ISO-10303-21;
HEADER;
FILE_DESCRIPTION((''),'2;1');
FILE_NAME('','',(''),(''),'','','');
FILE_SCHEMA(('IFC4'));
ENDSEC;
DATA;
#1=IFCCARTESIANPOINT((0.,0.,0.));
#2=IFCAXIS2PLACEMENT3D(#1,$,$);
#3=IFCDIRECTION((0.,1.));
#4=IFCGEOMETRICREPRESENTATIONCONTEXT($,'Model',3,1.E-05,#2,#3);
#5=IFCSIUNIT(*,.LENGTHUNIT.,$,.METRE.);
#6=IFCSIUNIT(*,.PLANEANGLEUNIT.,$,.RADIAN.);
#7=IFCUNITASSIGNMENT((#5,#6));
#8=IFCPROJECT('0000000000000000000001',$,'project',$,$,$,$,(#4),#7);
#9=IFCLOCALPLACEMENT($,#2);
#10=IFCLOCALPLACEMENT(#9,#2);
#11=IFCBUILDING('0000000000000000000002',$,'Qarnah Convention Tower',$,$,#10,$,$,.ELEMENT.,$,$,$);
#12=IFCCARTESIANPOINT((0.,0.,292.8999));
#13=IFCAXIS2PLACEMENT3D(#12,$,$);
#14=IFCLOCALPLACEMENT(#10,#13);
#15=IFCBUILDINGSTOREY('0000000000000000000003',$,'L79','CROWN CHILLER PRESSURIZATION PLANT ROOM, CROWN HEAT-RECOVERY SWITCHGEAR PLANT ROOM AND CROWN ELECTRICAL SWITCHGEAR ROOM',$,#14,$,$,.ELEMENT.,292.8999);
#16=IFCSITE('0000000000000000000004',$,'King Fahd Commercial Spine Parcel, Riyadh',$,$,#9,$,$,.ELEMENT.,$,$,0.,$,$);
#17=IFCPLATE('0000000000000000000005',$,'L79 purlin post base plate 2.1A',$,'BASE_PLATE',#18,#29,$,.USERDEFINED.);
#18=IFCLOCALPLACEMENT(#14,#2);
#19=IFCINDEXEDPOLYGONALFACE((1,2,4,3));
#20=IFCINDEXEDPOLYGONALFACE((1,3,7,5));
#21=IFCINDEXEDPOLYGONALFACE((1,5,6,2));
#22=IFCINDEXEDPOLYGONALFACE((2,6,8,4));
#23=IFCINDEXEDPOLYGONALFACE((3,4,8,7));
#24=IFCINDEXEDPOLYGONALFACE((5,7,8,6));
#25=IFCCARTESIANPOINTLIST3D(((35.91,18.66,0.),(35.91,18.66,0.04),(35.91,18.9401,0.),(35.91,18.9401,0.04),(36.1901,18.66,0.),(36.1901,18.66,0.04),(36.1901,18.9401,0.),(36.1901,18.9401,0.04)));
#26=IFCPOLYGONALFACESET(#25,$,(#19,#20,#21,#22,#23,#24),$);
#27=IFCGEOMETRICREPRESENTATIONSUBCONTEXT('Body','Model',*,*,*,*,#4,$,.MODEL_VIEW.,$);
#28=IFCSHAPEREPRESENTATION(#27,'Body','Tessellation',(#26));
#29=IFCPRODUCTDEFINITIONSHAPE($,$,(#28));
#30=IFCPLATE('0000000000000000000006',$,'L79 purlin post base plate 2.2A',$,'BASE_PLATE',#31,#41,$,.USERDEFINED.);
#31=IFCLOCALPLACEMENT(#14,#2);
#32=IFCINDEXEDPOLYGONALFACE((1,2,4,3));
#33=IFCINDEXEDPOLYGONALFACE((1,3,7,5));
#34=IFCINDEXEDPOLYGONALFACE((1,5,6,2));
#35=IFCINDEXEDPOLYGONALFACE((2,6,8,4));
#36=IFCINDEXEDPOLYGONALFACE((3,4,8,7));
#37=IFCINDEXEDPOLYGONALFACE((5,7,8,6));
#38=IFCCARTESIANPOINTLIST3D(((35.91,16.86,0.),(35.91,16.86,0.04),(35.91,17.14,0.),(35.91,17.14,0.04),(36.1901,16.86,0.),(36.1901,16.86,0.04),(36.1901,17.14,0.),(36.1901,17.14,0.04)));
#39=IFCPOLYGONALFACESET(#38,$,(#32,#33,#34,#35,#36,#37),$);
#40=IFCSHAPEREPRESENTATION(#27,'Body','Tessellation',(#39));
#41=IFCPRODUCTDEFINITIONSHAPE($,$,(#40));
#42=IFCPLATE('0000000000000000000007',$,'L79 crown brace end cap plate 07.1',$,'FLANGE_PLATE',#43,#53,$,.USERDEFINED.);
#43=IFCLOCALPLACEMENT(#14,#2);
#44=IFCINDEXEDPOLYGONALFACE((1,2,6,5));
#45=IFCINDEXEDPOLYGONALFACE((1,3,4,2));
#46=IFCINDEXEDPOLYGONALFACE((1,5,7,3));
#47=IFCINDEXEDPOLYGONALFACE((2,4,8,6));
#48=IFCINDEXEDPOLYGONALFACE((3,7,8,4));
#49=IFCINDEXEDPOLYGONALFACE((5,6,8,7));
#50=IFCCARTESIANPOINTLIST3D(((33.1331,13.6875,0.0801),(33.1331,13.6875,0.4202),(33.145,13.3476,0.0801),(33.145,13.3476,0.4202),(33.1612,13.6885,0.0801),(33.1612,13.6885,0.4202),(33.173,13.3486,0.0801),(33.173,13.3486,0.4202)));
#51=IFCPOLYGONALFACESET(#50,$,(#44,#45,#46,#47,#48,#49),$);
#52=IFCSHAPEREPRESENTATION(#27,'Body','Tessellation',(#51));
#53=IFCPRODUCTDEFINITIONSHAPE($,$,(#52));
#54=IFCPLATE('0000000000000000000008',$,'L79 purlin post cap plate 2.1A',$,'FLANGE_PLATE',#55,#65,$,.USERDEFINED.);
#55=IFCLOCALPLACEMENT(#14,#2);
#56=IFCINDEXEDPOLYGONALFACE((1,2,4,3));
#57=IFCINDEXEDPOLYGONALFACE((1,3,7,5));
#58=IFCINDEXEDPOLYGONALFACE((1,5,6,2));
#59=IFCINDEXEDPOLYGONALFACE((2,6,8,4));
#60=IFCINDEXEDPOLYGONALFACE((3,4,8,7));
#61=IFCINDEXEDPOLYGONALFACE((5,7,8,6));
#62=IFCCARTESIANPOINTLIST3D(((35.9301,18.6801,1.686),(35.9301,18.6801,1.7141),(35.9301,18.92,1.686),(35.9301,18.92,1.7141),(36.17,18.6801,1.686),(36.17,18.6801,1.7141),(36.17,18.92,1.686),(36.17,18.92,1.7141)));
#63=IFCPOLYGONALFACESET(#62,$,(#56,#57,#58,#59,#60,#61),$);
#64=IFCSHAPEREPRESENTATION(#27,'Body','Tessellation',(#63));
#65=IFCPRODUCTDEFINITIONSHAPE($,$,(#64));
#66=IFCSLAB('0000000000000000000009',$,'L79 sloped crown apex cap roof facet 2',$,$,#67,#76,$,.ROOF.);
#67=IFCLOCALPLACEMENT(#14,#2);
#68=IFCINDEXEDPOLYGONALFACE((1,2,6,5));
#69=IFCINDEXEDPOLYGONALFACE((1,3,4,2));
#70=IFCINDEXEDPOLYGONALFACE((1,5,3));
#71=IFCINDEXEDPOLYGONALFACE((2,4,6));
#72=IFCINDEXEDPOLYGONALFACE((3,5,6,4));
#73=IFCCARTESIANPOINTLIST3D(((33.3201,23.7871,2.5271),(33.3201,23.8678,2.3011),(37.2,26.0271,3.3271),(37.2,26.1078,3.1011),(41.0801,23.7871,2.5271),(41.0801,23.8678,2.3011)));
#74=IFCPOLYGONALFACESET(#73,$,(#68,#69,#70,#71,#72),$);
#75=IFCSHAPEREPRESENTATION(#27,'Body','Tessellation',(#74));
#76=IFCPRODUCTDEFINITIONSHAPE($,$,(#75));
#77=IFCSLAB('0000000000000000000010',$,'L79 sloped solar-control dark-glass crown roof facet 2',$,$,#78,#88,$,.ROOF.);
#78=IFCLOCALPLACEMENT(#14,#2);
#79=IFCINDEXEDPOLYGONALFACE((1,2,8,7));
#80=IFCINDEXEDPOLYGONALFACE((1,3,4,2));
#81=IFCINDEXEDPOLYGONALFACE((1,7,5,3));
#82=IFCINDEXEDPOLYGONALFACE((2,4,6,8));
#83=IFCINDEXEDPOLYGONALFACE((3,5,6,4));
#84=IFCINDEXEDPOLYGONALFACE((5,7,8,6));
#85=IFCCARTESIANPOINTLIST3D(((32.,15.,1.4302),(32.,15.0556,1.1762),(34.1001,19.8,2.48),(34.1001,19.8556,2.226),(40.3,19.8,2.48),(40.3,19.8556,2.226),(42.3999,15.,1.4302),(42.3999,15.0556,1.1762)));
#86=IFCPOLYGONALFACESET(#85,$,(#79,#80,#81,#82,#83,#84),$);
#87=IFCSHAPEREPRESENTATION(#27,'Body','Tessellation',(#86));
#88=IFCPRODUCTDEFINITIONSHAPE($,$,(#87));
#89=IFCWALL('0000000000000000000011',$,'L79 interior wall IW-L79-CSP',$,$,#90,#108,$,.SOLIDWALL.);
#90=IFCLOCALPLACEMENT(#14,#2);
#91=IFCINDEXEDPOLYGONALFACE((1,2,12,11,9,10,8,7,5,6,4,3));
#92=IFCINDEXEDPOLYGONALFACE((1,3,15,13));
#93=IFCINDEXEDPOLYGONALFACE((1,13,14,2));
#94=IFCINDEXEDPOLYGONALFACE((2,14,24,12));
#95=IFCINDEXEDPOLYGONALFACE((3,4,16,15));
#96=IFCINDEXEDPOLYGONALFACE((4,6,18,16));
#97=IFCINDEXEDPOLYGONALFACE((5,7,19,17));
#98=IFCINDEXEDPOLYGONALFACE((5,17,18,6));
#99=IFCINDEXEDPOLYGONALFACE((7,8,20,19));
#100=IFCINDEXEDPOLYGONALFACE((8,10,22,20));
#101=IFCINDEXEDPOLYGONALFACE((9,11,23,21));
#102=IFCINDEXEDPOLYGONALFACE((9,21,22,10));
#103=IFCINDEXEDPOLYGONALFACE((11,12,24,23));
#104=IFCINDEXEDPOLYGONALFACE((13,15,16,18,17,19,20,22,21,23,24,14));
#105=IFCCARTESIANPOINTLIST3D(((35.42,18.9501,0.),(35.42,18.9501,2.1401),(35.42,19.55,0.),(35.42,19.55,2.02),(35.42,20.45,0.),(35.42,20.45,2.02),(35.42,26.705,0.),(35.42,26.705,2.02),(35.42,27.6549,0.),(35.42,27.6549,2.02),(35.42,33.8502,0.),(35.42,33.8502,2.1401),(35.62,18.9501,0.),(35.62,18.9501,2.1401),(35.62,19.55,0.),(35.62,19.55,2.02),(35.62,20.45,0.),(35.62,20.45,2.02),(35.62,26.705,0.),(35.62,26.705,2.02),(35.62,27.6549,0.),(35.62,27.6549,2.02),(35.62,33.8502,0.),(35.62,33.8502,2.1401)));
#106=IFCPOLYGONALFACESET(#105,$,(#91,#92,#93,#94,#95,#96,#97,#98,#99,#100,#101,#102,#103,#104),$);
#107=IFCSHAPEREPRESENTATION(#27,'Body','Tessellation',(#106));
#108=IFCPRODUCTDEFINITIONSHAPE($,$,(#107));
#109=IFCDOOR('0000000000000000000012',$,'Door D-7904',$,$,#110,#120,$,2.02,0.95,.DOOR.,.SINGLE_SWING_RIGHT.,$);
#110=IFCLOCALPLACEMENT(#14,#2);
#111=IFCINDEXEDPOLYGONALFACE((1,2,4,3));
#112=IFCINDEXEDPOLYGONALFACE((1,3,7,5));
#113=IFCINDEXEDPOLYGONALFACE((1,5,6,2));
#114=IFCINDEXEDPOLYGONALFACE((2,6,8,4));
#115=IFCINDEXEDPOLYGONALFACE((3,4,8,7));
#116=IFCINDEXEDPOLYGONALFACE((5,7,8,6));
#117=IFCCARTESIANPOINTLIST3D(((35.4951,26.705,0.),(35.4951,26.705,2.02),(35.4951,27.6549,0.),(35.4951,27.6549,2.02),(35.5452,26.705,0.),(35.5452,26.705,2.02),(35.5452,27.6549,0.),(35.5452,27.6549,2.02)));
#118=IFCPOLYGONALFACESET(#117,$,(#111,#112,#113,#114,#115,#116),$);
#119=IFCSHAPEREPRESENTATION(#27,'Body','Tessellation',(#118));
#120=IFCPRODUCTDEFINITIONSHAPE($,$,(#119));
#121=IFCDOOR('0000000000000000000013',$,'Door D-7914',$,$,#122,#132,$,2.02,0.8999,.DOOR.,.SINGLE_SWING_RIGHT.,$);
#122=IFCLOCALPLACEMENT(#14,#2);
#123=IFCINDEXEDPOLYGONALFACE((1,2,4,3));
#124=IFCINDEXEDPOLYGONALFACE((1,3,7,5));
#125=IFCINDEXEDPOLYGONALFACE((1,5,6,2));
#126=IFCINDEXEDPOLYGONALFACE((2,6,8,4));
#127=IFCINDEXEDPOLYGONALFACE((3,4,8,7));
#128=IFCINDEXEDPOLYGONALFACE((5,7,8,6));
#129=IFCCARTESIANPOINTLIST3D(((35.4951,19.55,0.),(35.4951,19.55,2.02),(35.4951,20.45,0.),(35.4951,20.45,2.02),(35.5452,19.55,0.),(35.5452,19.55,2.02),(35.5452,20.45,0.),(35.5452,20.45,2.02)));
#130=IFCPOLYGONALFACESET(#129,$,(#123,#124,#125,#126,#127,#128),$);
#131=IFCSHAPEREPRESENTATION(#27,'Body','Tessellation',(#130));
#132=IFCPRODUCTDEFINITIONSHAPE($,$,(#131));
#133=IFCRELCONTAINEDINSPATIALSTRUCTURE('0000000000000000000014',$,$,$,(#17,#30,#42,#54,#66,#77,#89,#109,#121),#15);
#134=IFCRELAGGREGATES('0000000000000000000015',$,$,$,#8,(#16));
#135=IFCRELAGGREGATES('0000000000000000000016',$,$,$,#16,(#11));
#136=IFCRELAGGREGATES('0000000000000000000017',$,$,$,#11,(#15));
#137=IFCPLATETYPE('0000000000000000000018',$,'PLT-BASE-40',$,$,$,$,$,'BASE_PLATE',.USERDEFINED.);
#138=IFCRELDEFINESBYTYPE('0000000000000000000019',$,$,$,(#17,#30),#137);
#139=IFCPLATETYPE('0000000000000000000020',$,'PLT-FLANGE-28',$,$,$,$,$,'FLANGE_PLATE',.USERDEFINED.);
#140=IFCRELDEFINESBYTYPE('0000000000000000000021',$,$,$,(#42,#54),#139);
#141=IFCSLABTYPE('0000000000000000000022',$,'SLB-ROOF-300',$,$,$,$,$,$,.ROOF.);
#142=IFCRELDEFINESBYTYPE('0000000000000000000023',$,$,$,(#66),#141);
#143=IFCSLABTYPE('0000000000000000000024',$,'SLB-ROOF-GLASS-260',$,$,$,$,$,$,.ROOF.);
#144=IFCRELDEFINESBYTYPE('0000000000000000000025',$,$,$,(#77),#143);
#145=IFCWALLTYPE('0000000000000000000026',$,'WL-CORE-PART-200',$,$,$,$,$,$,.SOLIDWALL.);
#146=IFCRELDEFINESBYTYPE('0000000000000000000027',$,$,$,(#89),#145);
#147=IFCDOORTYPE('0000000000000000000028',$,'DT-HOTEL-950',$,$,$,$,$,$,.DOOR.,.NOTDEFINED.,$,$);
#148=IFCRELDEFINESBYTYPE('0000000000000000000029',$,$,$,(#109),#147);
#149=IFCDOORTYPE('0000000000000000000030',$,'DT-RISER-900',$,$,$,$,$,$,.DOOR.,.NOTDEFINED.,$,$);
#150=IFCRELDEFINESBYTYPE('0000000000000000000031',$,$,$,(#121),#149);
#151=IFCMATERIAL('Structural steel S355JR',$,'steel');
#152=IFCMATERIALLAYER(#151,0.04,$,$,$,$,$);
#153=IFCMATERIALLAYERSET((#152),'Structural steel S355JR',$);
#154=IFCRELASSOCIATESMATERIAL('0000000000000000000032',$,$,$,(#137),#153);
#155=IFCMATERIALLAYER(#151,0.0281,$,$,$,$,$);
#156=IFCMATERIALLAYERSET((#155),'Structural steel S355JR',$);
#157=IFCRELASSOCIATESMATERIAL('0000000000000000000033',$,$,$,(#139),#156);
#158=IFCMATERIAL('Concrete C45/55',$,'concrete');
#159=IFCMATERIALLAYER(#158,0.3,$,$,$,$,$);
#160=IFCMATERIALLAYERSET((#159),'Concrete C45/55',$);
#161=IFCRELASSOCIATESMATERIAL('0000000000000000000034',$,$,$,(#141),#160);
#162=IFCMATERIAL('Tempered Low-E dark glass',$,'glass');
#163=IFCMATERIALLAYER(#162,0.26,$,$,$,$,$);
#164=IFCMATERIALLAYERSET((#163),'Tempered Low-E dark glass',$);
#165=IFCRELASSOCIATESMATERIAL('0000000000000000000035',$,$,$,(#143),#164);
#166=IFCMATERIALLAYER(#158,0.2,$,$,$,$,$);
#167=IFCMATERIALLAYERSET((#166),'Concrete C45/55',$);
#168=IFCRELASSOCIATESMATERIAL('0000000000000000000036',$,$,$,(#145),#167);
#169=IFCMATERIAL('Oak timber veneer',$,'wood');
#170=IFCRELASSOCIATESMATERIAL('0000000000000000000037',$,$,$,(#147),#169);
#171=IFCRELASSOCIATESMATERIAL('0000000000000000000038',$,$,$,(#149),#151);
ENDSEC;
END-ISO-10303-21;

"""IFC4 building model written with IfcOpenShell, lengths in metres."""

from ifc_helpers import new_model, si_unit, direction, frame, frame_2d, origin, origin_2d, place, context, subcontext, project, spatial, polyline, rectangle, outline, extrude, material, layer, layer_set, type_object, element, fill, save


model = new_model("IFC4")

# Units and contexts
model_context = context("Model", 3, precision=1e-05, world=origin(), true_north=direction((0.0, 1.0)))
body_context = subcontext(model_context, "Body", "Model", "MODEL_VIEW")
ifc_project = project(units=[si_unit("LENGTHUNIT", "METRE"), si_unit("PLANEANGLEUNIT", "RADIAN")], contexts=[model_context])

# Site, building, storey
site_placement = place(None, origin())
site = spatial("IfcSite", under=ifc_project, at=site_placement, Name="King Fahd Commercial Spine Parcel, Riyadh", CompositionType="ELEMENT", RefElevation=0.0)
building_placement = place(site_placement, origin())
building = spatial("IfcBuilding", under=site, at=building_placement, Name="Qarnah Convention Tower", CompositionType="ELEMENT")
storey_placement = place(building_placement, frame((0.0, 0.0, 292.8999)))
storey = spatial("IfcBuildingStorey", under=building, at=storey_placement, Name="L79", Description="CROWN CHILLER PRESSURIZATION PLANT ROOM, CROWN HEAT-RECOVERY SWITCHGEAR PLANT ROOM AND CROWN ELECTRICAL SWITCHGEAR ROOM", CompositionType="ELEMENT", Elevation=292.8999)

# Shared definitions
ifc_material_1 = material(Name="Structural steel S355JR", Category="steel")

# Plates
ifc_layer_1 = layer(ifc_material_1, 0.04)
ifc_layer_set_1 = layer_set([ifc_layer_1], Name="Structural steel S355JR")
plate_type_1 = type_object("IfcPlateType", Name="PLT-BASE-40", ElementType="BASE_PLATE", PredefinedType="USERDEFINED", material=ifc_layer_set_1)
for number, where, z_axis, x_axis, name in (
    (1, (36.05, 18.8, 0.0), (0.0, 0.0, 1.0), (1.0, 0.0, 0.0), "L79 purlin post base plate 2.1A"),
    (2, (36.05, 17.0, 0.0), (0.0, 0.0, 1.0), (1.0, 0.0, 0.0), "L79 purlin post base plate 2.2A"),
):
    element("IfcPlate", number, at=place(storey_placement, frame(where, z_axis=z_axis, x_axis=x_axis)), inside=storey, type_object=plate_type_1, Name=name, ObjectType="BASE_PLATE", PredefinedType="USERDEFINED", context=body_context, shape_type="SweptSolid", body=[
        extrude(rectangle(XDim=0.28, YDim=0.28, at=origin_2d()), origin(), (0.0, 0.0, 1.0), 0.04),
    ])
ifc_layer_2 = layer(ifc_material_1, 0.0281)
ifc_layer_set_2 = layer_set([ifc_layer_2], Name="Structural steel S355JR")
plate_type_2 = type_object("IfcPlateType", Name="PLT-FLANGE-28", ElementType="FLANGE_PLATE", PredefinedType="USERDEFINED", material=ifc_layer_set_2)
plate_1_placement = place(storey_placement, frame((33.1531, 13.5181, 0.0801), z_axis=(0.0, 0.0, 1.0), x_axis=(0.99939, 0.034934, 0.0)))
element("IfcPlate", 3, at=plate_1_placement, inside=storey, type_object=plate_type_2, Name="L79 crown brace end cap plate 07.1", ObjectType="FLANGE_PLATE", PredefinedType="USERDEFINED", context=body_context, shape_type="SweptSolid", body=[
    extrude(rectangle(XDim=0.0281, YDim=0.3401, at=origin_2d()), origin(), (0.0, 0.0, 1.0), 0.3401),
])
plate_2_placement = place(storey_placement, frame((36.05, 18.8, 1.686), z_axis=(0.0, 0.0, 1.0), x_axis=(1.0, 0.0, 0.0)))
element("IfcPlate", 4, at=plate_2_placement, inside=storey, type_object=plate_type_2, Name="L79 purlin post cap plate 2.1A", ObjectType="FLANGE_PLATE", PredefinedType="USERDEFINED", context=body_context, shape_type="SweptSolid", body=[
    extrude(rectangle(XDim=0.24, YDim=0.24, at=origin_2d()), origin(), (0.0, 0.0, 1.0), 0.0281),
])

# Slabs
ifc_material_2 = material(Name="Concrete C45/55", Category="concrete")
ifc_layer_3 = layer(ifc_material_2, 0.3)
ifc_layer_set_3 = layer_set([ifc_layer_3], Name="Concrete C45/55")
slab_type_1 = type_object("IfcSlabType", Name="SLB-ROOF-300", PredefinedType="ROOF", material=ifc_layer_set_3)
slab_1_placement = place(storey_placement, frame((33.3201, 23.7871, 2.5271), z_axis=(0.0, -0.336356, 0.941735), x_axis=(1.0, 0.0, 0.0)))
element("IfcSlab", 5, at=slab_1_placement, inside=storey, type_object=slab_type_1, Name="L79 sloped crown apex cap roof facet 2", PredefinedType="ROOF", context=body_context, shape_type="SweptSolid", body=[
    extrude(outline(polyline([(0.0, 0.0), (7.76, 0.0), (3.8799, 2.3786), (0.0, 0.0)])), origin(), (0.0, 0.0, -1.0), 0.24),
])
ifc_material_3 = material(Name="Tempered Low-E dark glass", Category="glass")
ifc_layer_4 = layer(ifc_material_3, 0.26)
ifc_layer_set_4 = layer_set([ifc_layer_4], Name="Tempered Low-E dark glass")
slab_type_2 = type_object("IfcSlabType", Name="SLB-ROOF-GLASS-260", PredefinedType="ROOF", material=ifc_layer_set_4)
slab_2_placement = place(storey_placement, frame((32.0, 15.0, 1.4302), z_axis=(0.0, -0.213657, 0.976909), x_axis=(1.0, 0.0, 0.0)))
element("IfcSlab", 6, at=slab_2_placement, inside=storey, type_object=slab_type_2, Name="L79 sloped solar-control dark-glass crown roof facet 2", PredefinedType="ROOF", context=body_context, shape_type="SweptSolid", body=[
    extrude(outline(polyline([(0.0, 0.0), (10.3999, 0.0), (8.3, 4.9135), (2.1001, 4.9135), (0.0, 0.0)])), origin(), (0.0, 0.0, -1.0), 0.26),
])

# Wall, openings, doors
ifc_layer_5 = layer(ifc_material_2, 0.2)
ifc_layer_set_5 = layer_set([ifc_layer_5], Name="Concrete C45/55")
wall_type_1 = type_object("IfcWallType", Name="WL-CORE-PART-200", PredefinedType="SOLIDWALL", material=ifc_layer_set_5)
wall_1_placement = place(storey_placement, frame((35.52, 18.95, 0.0), z_axis=(0.0, 0.0, 1.0), x_axis=(0.0, 1.0, 0.0)))
wall_1 = element("IfcWall", 7, at=wall_1_placement, inside=storey, type_object=wall_type_1, Name="L79 interior wall IW-L79-CSP", PredefinedType="SOLIDWALL", context=body_context, shape_type="SweptSolid", body=[
    extrude(rectangle(XDim=14.9001, YDim=0.2, at=frame_2d((7.4502, 0.0))), origin(), (0.0, 0.0, 1.0), 2.1401),
])
opening_1_placement = place(wall_1_placement, frame((7.7549, 0.0, 0.0)))
opening_1 = element("IfcOpeningElement", 8, at=opening_1_placement, cuts=wall_1, PredefinedType="OPENING", context=body_context, shape_type="SweptSolid", body=[
    extrude(rectangle(XDim=0.95, YDim=2.02, at=frame_2d((0.4751, 1.01))), frame((0.0, 0.1099, 0.0), z_axis=(0.0, -1.0, 0.0), x_axis=(1.0, 0.0, 0.0)), (0.0, 0.0, 1.0), 0.22),
])
opening_2_placement = place(wall_1_placement, frame((0.6001, 0.0, 0.0)))
opening_2 = element("IfcOpeningElement", 9, at=opening_2_placement, cuts=wall_1, PredefinedType="OPENING", context=body_context, shape_type="SweptSolid", body=[
    extrude(rectangle(XDim=0.8999, YDim=2.02, at=frame_2d((0.45, 1.01))), frame((0.0, 0.1099, 0.0), z_axis=(0.0, -1.0, 0.0), x_axis=(1.0, 0.0, 0.0)), (0.0, 0.0, 1.0), 0.22),
])
ifc_material_4 = material(Name="Oak timber veneer", Category="wood")
door_type_1 = type_object("IfcDoorType", Name="DT-HOTEL-950", OperationType="NOTDEFINED", PredefinedType="DOOR", material=ifc_material_4)
door_1_placement = place(opening_1_placement, origin())
door_1 = element("IfcDoor", 10, at=door_1_placement, inside=storey, type_object=door_type_1, Name="Door D-7904", OperationType="SINGLE_SWING_RIGHT", OverallHeight=2.02, OverallWidth=0.95, PredefinedType="DOOR", context=body_context, shape_type="SweptSolid", body=[
    extrude(rectangle(XDim=0.95, YDim=2.02, at=frame_2d((0.4751, 1.01))), frame((0.0, 0.0249, 0.0), z_axis=(0.0, -1.0, 0.0), x_axis=(1.0, 0.0, 0.0)), (0.0, 0.0, 1.0), 0.05),
])
fill(opening_1, door_1)
door_type_2 = type_object("IfcDoorType", Name="DT-RISER-900", OperationType="NOTDEFINED", PredefinedType="DOOR", material=ifc_material_1)
door_2_placement = place(opening_2_placement, origin())
door_2 = element("IfcDoor", 11, at=door_2_placement, inside=storey, type_object=door_type_2, Name="Door D-7914", OperationType="SINGLE_SWING_RIGHT", OverallHeight=2.02, OverallWidth=0.8999, PredefinedType="DOOR", context=body_context, shape_type="SweptSolid", body=[
    extrude(rectangle(XDim=0.8999, YDim=2.02, at=frame_2d((0.45, 1.01))), frame((0.0, 0.0249, 0.0), z_axis=(0.0, -1.0, 0.0), x_axis=(1.0, 0.0, 0.0)), (0.0, 0.0, 1.0), 0.05),
])
fill(opening_2, door_2)

save(model, "model.ifc")
